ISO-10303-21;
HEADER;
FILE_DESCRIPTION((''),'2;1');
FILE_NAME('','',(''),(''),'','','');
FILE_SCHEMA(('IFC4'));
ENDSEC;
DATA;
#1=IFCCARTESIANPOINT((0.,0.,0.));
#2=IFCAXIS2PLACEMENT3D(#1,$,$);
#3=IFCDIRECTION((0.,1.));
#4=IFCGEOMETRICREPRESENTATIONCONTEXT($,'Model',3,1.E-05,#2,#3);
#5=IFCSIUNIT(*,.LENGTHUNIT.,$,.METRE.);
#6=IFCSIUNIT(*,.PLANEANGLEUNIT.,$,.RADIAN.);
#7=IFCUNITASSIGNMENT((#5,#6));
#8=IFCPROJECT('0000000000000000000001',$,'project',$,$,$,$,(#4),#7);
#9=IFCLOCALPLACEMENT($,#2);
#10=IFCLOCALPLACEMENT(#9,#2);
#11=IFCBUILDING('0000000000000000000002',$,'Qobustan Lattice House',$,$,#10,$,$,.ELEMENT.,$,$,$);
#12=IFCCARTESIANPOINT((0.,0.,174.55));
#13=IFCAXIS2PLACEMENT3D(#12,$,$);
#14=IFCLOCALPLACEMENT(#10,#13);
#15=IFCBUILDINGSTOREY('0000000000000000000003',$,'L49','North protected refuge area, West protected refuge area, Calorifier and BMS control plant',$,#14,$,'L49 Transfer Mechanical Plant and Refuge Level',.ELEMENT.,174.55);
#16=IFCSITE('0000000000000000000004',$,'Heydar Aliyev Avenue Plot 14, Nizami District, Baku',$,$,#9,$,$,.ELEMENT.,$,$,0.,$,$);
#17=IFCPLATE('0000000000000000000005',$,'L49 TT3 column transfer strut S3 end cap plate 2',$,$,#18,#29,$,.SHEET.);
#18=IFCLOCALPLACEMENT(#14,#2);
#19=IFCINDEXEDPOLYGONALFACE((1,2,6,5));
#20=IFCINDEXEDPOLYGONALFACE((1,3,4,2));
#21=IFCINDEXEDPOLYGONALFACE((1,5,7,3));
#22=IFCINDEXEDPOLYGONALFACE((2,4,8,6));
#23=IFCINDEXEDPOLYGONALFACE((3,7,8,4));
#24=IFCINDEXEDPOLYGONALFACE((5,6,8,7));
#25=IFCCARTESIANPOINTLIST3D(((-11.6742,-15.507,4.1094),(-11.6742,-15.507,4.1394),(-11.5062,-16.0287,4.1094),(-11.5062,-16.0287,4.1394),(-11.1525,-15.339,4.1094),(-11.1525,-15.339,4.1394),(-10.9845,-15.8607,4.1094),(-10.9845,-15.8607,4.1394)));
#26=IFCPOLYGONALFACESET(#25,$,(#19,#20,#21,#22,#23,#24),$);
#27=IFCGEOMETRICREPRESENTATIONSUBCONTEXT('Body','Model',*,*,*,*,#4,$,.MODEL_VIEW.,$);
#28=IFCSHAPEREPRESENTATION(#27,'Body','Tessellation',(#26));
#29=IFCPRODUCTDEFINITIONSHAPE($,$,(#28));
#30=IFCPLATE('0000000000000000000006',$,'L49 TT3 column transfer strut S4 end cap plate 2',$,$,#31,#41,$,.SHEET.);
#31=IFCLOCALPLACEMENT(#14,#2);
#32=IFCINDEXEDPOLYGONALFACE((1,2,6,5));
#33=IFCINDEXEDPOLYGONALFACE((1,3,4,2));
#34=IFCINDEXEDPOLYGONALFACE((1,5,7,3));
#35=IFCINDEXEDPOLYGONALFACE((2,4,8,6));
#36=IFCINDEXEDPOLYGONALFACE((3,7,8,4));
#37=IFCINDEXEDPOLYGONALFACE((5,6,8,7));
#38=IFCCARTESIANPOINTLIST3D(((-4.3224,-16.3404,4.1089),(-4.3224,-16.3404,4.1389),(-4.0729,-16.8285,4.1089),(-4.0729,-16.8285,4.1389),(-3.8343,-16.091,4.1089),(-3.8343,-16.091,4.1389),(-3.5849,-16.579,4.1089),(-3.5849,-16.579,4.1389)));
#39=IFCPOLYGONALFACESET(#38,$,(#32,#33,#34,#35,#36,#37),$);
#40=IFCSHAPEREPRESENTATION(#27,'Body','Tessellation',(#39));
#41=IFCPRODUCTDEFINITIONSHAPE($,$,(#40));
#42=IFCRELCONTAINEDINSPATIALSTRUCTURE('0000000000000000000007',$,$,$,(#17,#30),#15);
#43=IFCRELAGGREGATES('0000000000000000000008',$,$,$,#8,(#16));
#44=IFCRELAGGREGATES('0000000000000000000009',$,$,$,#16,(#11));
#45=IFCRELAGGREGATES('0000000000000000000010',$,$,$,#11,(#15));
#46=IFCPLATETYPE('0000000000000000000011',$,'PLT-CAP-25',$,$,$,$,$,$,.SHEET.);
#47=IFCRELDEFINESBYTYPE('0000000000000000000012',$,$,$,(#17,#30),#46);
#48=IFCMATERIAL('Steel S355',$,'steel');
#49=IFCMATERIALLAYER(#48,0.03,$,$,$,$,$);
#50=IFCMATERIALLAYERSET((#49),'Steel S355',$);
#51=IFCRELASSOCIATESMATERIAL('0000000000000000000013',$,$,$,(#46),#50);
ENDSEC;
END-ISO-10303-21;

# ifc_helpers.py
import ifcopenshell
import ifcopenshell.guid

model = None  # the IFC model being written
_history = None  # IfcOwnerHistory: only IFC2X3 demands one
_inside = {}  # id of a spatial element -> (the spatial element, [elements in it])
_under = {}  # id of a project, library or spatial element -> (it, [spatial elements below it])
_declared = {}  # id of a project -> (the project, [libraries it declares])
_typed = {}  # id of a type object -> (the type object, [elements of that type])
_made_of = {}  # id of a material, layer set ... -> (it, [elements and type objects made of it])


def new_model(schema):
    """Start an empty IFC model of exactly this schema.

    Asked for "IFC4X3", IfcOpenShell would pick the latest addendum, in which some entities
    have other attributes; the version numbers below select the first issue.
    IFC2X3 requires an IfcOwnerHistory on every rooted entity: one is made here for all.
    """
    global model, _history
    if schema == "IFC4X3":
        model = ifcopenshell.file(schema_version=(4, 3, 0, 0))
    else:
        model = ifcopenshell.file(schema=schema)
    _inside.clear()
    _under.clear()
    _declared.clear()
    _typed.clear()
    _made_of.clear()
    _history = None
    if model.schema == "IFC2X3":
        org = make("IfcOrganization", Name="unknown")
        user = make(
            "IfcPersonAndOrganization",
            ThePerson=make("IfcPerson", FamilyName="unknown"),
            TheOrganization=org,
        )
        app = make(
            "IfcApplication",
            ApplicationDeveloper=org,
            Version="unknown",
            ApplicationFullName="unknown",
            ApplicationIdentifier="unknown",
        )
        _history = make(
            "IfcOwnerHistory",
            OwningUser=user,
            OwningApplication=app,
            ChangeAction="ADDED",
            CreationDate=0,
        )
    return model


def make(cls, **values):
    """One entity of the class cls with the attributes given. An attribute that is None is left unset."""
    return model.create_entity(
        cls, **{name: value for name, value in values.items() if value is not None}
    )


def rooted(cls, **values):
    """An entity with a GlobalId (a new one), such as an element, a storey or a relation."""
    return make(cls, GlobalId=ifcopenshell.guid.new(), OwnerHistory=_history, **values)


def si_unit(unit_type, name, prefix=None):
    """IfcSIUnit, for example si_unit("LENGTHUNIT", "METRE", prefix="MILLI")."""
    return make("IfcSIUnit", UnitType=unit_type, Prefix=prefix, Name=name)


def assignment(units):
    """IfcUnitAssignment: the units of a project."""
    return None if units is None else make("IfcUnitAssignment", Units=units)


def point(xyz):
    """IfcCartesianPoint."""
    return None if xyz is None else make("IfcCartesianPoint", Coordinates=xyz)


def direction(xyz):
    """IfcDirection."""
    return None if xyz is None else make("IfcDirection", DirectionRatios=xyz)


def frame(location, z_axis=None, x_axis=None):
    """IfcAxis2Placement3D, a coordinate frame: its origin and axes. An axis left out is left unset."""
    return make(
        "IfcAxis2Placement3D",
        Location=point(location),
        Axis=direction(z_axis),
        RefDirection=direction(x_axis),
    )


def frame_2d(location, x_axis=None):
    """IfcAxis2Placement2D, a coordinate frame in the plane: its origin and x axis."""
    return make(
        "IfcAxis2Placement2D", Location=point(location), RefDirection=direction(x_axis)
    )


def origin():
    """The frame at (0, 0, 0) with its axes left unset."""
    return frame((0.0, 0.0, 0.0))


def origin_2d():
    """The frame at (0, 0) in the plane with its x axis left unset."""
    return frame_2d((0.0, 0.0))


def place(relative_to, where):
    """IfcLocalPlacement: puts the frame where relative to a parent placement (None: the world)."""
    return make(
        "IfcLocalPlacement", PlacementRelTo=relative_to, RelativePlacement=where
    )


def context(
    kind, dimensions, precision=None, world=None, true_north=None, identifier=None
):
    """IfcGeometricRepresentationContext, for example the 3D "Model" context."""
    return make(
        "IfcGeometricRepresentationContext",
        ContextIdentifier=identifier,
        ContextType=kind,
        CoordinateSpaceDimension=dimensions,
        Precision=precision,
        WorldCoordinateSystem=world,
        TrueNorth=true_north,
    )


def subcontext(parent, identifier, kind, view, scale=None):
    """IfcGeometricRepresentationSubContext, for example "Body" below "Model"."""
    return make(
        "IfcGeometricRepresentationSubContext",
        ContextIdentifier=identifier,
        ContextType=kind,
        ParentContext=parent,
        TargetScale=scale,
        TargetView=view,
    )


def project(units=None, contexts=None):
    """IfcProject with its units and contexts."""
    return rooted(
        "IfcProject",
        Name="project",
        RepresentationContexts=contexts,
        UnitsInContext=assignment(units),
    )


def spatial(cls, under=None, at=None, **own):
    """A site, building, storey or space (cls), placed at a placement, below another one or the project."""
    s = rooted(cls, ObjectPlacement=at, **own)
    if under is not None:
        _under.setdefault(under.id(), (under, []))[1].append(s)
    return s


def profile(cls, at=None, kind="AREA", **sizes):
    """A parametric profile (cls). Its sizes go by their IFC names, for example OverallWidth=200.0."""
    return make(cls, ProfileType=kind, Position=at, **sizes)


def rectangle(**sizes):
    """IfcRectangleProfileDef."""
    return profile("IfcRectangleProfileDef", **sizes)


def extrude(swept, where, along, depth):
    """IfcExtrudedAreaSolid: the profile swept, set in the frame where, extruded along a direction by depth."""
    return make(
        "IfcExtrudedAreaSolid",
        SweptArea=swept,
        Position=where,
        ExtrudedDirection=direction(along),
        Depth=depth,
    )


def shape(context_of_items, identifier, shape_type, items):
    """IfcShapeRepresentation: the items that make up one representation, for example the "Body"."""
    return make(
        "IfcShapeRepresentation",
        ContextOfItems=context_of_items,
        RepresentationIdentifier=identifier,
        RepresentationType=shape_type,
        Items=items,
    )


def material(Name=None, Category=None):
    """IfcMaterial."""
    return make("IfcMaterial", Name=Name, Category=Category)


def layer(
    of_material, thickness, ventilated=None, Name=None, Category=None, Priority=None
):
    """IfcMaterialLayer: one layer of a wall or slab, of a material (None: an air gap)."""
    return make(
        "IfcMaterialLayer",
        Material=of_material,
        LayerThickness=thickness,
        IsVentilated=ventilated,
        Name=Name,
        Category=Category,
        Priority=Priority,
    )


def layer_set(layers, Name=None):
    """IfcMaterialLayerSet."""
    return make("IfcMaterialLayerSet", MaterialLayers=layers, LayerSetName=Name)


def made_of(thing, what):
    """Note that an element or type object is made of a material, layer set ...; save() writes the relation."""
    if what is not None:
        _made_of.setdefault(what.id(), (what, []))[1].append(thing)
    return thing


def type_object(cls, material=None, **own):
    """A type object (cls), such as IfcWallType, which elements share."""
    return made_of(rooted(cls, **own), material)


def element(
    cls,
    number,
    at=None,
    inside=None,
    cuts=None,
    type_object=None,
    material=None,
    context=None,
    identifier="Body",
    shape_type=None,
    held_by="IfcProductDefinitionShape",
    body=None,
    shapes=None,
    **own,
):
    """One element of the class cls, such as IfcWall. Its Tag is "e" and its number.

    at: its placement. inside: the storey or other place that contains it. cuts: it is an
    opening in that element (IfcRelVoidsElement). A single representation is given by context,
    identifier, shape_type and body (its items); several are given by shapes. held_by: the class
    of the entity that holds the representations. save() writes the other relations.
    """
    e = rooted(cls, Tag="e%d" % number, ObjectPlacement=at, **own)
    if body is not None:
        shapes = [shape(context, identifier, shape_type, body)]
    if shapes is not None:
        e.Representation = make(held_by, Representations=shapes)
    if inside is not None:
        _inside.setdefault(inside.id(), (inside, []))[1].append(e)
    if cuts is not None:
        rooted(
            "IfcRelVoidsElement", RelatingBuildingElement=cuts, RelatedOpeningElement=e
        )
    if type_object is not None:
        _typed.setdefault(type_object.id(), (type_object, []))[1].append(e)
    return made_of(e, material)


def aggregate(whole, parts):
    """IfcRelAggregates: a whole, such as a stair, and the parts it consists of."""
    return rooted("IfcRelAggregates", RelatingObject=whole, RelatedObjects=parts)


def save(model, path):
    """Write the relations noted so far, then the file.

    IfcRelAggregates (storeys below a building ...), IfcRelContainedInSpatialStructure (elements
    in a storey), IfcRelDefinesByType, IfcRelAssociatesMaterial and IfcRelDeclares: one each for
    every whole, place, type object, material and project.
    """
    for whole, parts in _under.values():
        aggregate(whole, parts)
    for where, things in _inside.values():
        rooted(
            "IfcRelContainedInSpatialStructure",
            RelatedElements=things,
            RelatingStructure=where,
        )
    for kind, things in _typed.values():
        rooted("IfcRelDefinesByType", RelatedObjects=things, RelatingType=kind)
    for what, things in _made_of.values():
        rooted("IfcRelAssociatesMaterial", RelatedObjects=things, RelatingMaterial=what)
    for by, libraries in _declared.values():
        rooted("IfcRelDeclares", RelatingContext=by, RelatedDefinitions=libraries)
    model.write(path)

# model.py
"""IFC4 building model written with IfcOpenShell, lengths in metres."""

from ifc_helpers import new_model, si_unit, direction, frame, origin, origin_2d, place, context, subcontext, project, spatial, rectangle, extrude, material, layer, layer_set, type_object, element, save


model = new_model("IFC4")

# Units and contexts
model_context = context("Model", 3, precision=1e-05, world=origin(), true_north=direction((0.0, 1.0)))
body_context = subcontext(model_context, "Body", "Model", "MODEL_VIEW")
ifc_project = project(units=[si_unit("LENGTHUNIT", "METRE"), si_unit("PLANEANGLEUNIT", "RADIAN")], contexts=[model_context])

# Site, building, storey
site_placement = place(None, origin())
site = spatial("IfcSite", under=ifc_project, at=site_placement, Name="Heydar Aliyev Avenue Plot 14, Nizami District, Baku", CompositionType="ELEMENT", RefElevation=0.0)
building_placement = place(site_placement, origin())
building = spatial("IfcBuilding", under=site, at=building_placement, Name="Qobustan Lattice House", CompositionType="ELEMENT")
storey_placement = place(building_placement, frame((0.0, 0.0, 174.55)))
storey = spatial("IfcBuildingStorey", under=building, at=storey_placement, Name="L49", Description="North protected refuge area, West protected refuge area, Calorifier and BMS control plant", LongName="L49 Transfer Mechanical Plant and Refuge Level", CompositionType="ELEMENT", Elevation=174.55)

# Plates
ifc_material_1 = material(Name="Steel S355", Category="steel")
ifc_layer = layer(ifc_material_1, 0.03)
ifc_layer_set = layer_set([ifc_layer], Name="Steel S355")
plate_type = type_object("IfcPlateType", Name="PLT-CAP-25", PredefinedType="SHEET", material=ifc_layer_set)
for number, where, z_axis, x_axis, name in (
    (1, (-11.3293, -15.6838, 4.1094), (0.0, 0.0, 1.0), (-0.951889, -0.306443, 0.0), "L49 TT3 column transfer strut S3 end cap plate 2"),
    (2, (-3.9536, -16.4597, 4.1089), (0.0, 0.0, 1.0), (-0.890443, -0.455094, 0.0), "L49 TT3 column transfer strut S4 end cap plate 2"),
):
    element("IfcPlate", number, at=place(storey_placement, frame(where, z_axis=z_axis, x_axis=x_axis)), inside=storey, type_object=plate_type, Name=name, PredefinedType="SHEET", context=body_context, shape_type="SweptSolid", body=[
        extrude(rectangle(XDim=0.5481, YDim=0.5481, at=origin_2d()), origin(), (0.0, 0.0, 1.0), 0.03),
    ])

save(model, "model.ifc")
